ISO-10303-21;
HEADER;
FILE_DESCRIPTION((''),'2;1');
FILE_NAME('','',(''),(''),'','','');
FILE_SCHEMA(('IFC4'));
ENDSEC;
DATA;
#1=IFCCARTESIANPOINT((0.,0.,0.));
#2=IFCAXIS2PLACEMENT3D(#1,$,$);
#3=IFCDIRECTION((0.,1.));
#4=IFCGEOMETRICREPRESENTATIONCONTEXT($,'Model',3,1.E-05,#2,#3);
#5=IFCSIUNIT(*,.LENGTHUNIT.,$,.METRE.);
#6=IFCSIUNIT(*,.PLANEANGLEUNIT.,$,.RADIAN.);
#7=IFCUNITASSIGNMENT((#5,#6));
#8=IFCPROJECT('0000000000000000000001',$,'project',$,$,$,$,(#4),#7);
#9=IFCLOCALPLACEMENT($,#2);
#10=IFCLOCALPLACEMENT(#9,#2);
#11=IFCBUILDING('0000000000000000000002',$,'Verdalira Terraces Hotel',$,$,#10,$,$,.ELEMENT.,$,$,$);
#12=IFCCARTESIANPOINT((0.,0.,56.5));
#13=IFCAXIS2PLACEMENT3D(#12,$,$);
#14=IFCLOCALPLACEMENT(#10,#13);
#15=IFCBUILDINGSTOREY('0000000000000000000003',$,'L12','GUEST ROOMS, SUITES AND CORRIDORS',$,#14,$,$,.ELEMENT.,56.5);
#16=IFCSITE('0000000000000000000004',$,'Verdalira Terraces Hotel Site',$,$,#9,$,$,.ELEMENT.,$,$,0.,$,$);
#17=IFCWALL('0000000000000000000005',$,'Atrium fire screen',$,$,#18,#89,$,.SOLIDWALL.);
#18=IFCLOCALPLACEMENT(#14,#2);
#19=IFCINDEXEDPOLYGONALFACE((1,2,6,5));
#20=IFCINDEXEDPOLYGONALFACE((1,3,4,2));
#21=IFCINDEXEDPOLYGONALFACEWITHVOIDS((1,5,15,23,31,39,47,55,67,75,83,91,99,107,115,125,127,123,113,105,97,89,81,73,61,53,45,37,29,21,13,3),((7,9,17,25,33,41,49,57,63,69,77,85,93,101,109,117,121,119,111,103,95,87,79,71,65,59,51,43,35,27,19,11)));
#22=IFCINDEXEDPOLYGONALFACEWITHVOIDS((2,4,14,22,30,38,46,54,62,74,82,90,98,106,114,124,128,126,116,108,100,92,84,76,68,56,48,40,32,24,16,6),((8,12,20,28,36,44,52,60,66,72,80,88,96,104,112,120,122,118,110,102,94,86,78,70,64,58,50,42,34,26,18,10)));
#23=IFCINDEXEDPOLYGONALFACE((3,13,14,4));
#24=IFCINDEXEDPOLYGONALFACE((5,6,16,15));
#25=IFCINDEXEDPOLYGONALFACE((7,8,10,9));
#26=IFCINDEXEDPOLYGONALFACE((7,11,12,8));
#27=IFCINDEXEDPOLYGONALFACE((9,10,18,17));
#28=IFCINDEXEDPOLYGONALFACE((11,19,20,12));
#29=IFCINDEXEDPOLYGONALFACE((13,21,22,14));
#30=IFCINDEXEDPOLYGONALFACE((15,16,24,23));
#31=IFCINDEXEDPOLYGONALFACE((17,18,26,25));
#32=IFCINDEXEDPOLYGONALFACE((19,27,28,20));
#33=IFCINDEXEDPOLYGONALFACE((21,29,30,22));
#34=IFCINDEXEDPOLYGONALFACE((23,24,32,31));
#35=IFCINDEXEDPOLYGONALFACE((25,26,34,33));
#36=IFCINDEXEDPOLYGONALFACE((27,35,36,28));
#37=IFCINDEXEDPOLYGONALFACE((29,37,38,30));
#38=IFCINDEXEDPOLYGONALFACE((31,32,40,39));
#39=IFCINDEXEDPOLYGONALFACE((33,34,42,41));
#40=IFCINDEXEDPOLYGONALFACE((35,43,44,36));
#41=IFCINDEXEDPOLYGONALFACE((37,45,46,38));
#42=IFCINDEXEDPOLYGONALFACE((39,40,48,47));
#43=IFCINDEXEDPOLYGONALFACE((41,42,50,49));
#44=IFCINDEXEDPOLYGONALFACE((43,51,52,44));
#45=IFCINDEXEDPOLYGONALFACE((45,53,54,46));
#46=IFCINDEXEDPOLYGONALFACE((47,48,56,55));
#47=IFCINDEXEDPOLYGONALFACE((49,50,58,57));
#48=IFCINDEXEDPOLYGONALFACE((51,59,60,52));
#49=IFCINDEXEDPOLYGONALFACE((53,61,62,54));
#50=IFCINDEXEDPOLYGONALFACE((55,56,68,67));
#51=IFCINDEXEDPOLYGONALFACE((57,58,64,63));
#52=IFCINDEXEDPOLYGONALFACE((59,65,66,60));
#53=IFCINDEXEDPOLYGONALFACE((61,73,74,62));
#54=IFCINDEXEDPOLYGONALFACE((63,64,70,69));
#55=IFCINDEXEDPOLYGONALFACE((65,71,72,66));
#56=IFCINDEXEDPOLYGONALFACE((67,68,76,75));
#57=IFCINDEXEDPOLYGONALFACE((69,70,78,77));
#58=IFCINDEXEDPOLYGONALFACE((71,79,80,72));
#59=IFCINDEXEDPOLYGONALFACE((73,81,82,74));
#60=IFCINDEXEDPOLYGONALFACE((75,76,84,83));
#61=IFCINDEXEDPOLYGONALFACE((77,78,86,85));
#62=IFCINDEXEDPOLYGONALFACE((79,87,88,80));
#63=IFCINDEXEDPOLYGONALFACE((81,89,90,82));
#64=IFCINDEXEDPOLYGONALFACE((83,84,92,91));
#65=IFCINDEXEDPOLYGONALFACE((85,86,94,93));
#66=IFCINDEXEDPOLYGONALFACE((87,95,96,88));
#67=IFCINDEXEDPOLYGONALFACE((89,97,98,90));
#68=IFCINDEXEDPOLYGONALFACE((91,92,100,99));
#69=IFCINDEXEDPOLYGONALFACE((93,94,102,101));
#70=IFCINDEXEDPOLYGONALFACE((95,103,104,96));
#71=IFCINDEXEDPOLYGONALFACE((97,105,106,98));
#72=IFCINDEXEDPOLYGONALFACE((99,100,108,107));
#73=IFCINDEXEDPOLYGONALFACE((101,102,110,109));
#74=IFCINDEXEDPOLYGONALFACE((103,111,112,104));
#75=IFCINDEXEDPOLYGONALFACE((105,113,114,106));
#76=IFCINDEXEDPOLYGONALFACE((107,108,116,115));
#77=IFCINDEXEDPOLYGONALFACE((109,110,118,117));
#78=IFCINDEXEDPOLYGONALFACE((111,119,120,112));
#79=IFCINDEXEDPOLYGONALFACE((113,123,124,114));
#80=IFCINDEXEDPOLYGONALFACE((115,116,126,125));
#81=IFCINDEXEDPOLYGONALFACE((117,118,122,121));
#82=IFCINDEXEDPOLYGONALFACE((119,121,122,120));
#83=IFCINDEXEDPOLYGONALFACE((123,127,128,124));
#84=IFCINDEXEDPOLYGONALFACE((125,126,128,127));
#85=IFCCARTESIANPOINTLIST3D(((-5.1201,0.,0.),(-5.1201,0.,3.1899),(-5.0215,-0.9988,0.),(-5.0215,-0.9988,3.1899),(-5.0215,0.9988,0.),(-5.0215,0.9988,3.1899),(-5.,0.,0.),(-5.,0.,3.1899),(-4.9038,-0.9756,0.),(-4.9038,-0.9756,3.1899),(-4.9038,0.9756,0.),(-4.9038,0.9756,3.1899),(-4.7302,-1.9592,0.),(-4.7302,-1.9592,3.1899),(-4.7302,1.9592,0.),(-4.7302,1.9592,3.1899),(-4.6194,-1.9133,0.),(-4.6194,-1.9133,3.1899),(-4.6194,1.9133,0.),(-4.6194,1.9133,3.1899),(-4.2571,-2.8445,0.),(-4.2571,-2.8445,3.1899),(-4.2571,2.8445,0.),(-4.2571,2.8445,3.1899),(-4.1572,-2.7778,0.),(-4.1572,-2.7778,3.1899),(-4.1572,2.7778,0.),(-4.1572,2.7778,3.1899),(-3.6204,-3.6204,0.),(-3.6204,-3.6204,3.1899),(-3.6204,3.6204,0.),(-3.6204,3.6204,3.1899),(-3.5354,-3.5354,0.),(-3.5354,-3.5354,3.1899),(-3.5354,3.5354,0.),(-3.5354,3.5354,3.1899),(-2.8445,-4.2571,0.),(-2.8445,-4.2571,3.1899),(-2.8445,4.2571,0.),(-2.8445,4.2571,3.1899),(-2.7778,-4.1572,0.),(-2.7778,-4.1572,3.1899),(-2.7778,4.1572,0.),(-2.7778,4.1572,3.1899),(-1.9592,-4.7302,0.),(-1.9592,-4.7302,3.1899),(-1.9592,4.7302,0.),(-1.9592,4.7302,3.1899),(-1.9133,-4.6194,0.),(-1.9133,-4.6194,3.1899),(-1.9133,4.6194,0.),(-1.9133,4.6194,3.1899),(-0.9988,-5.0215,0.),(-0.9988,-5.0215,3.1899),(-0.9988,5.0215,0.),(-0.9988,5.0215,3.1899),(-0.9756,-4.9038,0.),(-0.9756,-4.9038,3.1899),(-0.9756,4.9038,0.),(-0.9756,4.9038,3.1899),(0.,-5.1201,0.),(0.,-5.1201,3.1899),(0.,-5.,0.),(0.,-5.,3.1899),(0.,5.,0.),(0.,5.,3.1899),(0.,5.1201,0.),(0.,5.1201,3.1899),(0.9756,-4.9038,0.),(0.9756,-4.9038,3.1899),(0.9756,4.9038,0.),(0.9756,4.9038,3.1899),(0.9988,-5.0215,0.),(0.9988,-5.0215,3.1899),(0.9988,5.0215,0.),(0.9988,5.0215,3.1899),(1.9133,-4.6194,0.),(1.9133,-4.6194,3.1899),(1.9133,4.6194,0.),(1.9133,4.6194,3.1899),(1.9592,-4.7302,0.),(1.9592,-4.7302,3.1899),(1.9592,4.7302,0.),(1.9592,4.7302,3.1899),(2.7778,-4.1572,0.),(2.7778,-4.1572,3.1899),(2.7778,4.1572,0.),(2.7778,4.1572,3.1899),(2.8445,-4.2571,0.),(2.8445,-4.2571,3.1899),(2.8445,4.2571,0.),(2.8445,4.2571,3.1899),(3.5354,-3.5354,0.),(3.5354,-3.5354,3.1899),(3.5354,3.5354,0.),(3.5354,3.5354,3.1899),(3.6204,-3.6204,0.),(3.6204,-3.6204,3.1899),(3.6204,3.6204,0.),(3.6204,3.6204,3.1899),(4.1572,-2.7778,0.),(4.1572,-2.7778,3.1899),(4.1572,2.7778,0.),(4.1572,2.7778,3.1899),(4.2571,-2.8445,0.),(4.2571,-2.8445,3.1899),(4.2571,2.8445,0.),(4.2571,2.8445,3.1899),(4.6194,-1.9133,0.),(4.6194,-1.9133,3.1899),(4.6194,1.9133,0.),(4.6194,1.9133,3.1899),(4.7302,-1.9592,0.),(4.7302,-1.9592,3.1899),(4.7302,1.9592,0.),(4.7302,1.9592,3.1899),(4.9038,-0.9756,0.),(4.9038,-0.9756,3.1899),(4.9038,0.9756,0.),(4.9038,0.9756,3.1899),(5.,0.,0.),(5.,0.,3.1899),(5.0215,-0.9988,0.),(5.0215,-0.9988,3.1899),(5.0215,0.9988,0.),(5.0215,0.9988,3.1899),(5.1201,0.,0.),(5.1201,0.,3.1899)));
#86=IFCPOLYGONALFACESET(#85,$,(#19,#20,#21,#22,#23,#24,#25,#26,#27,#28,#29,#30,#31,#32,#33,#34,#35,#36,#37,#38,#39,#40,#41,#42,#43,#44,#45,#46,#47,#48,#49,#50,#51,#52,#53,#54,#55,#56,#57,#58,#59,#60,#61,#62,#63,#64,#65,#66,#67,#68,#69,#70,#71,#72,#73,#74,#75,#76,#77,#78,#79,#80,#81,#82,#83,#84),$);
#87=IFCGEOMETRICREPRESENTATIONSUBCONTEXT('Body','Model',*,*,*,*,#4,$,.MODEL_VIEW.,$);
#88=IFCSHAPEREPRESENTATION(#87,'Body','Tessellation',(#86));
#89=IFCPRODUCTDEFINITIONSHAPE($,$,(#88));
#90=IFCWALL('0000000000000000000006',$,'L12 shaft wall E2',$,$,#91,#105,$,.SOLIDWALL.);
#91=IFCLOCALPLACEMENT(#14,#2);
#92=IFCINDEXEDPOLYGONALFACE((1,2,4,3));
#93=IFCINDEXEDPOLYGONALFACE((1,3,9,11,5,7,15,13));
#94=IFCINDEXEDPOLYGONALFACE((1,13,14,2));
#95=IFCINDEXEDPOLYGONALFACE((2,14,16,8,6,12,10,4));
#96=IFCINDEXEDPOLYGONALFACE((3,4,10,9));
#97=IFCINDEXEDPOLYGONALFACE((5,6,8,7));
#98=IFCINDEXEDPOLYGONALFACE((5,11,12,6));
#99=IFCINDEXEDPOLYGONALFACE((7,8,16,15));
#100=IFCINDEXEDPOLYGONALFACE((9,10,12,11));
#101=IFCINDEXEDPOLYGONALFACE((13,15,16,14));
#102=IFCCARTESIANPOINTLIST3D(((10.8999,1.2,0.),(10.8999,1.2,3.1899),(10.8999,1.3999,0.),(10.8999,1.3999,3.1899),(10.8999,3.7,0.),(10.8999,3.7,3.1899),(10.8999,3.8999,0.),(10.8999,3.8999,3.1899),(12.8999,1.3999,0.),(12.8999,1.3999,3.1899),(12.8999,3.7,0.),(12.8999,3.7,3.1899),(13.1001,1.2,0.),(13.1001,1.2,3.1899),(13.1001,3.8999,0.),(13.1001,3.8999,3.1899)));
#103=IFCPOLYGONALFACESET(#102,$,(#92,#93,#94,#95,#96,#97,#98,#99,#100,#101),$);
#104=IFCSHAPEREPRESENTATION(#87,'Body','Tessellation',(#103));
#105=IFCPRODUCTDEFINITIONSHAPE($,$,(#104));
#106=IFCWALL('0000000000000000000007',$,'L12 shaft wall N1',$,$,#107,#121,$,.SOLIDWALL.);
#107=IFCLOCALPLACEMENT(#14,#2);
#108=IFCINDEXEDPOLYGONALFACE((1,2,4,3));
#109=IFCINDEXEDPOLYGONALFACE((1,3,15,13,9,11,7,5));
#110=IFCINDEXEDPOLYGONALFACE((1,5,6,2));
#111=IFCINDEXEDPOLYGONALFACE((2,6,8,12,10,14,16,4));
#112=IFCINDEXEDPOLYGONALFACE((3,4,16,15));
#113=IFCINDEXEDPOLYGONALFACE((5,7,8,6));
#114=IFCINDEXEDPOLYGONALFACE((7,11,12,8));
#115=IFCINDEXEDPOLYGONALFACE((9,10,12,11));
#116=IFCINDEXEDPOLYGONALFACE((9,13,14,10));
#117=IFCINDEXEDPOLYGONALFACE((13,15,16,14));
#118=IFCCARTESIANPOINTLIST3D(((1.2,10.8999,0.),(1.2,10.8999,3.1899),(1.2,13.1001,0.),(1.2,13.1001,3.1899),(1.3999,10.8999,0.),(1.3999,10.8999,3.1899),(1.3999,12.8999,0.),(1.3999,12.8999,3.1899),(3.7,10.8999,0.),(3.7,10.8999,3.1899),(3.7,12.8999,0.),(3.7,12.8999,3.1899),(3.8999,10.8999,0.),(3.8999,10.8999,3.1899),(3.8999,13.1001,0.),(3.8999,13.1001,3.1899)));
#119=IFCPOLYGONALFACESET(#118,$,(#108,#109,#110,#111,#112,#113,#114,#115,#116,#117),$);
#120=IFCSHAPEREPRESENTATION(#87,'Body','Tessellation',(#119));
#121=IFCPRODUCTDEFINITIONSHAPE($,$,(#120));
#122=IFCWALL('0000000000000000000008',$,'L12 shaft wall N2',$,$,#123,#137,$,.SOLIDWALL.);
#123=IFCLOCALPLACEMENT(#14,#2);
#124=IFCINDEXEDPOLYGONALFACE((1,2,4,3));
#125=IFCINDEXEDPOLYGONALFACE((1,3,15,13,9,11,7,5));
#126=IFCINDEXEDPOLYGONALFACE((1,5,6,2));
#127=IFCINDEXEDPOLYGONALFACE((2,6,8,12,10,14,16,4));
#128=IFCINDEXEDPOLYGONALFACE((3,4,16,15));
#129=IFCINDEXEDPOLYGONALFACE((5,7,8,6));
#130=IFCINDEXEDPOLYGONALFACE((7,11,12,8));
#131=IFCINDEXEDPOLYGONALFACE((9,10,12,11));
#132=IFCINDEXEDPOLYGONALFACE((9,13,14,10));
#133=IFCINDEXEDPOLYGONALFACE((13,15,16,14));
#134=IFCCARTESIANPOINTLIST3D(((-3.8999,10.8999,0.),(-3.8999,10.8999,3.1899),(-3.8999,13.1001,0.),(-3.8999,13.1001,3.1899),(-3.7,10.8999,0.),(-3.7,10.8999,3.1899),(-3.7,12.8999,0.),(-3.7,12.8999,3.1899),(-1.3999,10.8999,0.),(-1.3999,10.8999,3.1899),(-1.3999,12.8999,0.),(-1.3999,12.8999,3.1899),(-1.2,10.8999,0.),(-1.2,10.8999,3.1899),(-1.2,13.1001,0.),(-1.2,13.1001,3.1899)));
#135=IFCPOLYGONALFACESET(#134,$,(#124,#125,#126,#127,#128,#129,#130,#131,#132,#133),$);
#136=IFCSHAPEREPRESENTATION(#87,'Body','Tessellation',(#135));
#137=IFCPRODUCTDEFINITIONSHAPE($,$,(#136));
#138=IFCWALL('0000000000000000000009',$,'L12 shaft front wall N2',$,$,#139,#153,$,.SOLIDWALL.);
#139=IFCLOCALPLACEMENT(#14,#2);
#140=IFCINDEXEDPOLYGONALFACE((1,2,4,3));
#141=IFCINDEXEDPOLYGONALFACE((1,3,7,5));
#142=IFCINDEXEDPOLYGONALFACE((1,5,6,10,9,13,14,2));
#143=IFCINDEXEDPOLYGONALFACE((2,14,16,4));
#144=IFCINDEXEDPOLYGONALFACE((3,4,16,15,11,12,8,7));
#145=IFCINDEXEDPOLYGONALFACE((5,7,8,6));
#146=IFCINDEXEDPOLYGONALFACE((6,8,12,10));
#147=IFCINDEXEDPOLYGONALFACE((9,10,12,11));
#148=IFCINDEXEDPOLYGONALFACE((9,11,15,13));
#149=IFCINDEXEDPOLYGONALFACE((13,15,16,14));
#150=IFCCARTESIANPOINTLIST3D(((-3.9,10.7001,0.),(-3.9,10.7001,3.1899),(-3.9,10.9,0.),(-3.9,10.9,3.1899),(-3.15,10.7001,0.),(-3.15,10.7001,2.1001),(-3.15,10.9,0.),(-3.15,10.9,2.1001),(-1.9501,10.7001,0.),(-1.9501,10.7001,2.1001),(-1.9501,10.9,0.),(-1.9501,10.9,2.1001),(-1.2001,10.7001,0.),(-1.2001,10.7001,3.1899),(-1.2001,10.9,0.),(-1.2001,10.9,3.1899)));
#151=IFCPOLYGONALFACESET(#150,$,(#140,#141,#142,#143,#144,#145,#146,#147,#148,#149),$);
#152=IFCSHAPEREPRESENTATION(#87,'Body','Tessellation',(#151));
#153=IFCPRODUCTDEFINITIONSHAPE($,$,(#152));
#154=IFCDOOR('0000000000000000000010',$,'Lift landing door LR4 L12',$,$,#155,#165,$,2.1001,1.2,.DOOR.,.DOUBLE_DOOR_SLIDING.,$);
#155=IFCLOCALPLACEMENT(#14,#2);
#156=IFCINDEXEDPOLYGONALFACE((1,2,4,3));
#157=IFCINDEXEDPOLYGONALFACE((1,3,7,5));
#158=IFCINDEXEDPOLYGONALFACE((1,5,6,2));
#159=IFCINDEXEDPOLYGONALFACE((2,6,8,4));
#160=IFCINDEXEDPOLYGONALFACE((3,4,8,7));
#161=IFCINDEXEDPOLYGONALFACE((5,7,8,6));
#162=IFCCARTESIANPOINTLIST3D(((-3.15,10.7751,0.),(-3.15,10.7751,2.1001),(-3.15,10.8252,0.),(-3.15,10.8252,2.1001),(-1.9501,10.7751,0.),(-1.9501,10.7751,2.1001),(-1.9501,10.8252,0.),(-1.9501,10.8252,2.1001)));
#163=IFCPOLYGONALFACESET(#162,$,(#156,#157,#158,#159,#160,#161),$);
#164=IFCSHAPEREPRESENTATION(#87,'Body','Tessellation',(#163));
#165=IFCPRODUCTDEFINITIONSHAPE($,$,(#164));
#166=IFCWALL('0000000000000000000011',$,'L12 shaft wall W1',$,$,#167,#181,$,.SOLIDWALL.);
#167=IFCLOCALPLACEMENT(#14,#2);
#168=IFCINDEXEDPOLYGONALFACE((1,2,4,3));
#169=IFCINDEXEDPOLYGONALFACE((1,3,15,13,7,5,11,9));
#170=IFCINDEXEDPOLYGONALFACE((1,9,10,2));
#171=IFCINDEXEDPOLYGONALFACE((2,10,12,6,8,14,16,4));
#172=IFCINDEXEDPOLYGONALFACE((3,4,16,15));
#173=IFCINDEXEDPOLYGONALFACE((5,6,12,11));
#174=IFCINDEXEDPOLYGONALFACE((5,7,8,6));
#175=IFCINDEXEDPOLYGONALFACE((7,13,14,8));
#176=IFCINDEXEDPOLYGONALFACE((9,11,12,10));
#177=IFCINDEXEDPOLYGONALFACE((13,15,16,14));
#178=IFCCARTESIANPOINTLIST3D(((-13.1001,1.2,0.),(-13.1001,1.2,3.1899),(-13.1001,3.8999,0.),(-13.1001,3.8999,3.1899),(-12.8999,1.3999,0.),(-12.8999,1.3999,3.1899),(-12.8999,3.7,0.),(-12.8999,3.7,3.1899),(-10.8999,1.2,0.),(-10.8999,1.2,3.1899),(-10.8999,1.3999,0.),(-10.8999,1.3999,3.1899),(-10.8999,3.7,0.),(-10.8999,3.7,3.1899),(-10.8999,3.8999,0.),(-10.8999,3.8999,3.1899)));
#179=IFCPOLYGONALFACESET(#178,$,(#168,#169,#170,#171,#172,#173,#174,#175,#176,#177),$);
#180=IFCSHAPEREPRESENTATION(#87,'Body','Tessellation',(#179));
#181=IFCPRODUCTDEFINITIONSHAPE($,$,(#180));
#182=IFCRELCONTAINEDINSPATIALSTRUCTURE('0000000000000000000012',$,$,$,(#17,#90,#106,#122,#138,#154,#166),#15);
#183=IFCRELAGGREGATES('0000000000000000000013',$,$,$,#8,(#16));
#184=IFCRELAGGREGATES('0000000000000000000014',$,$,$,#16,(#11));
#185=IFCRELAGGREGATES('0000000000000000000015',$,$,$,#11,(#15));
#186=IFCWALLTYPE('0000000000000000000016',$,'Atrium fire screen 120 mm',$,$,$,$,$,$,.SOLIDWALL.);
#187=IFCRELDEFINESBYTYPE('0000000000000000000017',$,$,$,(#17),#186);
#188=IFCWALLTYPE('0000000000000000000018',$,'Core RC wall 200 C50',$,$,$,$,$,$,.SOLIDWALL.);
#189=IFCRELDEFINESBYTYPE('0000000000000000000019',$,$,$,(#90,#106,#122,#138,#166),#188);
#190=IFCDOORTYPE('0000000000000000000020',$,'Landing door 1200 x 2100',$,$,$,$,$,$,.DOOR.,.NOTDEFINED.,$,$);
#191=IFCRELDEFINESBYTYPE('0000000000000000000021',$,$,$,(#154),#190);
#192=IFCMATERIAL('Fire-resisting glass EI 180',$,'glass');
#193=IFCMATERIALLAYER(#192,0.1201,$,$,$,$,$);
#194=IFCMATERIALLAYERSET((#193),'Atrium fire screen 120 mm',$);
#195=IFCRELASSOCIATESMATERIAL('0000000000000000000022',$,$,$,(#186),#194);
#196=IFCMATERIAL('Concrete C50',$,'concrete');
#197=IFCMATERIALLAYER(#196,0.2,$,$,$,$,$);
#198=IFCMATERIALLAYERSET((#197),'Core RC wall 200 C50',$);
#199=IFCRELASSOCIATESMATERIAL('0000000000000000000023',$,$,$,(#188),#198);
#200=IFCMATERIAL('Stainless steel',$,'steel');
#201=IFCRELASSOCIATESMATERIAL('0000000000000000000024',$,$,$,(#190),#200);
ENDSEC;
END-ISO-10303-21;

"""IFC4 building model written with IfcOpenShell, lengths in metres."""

from ifc_helpers import new_model, si_unit, direction, frame, frame_2d, origin, place, context, subcontext, project, spatial, polyline, rectangle, outline, extrude, material, layer, layer_set, type_object, element, fill, save


model = new_model("IFC4")

# Units and contexts
model_context = context("Model", 3, precision=1e-05, world=origin(), true_north=direction((0.0, 1.0)))
body_context = subcontext(model_context, "Body", "Model", "MODEL_VIEW")
ifc_project = project(units=[si_unit("LENGTHUNIT", "METRE"), si_unit("PLANEANGLEUNIT", "RADIAN")], contexts=[model_context])

# Site, building, storey
site_placement = place(None, origin())
site = spatial("IfcSite", under=ifc_project, at=site_placement, Name="Verdalira Terraces Hotel Site", CompositionType="ELEMENT", RefElevation=0.0)
building_placement = place(site_placement, origin())
building = spatial("IfcBuilding", under=site, at=building_placement, Name="Verdalira Terraces Hotel", CompositionType="ELEMENT")
storey_placement = place(building_placement, frame((0.0, 0.0, 56.5)))
storey = spatial("IfcBuildingStorey", under=building, at=storey_placement, Name="L12", Description="GUEST ROOMS, SUITES AND CORRIDORS", CompositionType="ELEMENT", Elevation=56.5)

# Walls
ifc_material_1 = material(Name="Fire-resisting glass EI 180", Category="glass")
ifc_layer_1 = layer(ifc_material_1, 0.1201)
ifc_layer_set_1 = layer_set([ifc_layer_1], Name="Atrium fire screen 120 mm")
wall_type_1 = type_object("IfcWallType", Name="Atrium fire screen 120 mm", PredefinedType="SOLIDWALL", material=ifc_layer_set_1)
wall_1_placement = place(storey_placement, origin())
element("IfcWall", 1, at=wall_1_placement, inside=storey, type_object=wall_type_1, Name="Atrium fire screen", PredefinedType="SOLIDWALL", context=body_context, shape_type="SweptSolid", body=[
    extrude(outline(polyline([(5.0215, -0.9988), (4.7302, -1.9592), (4.2571, -2.8445), (3.6204, -3.6204), (2.8445, -4.2571), (1.9592, -4.7302), (0.9988, -5.0215), (0.0, -5.1201), (-0.9988, -5.0215), (-1.9592, -4.7302), (-2.8445, -4.2571), (-3.6204, -3.6204), (-4.2571, -2.8445), (-4.7302, -1.9592), (-5.0215, -0.9988), (-5.1201, 0.0), (-5.0215, 0.9988), (-4.7302, 1.9592), (-4.2571, 2.8445), (-3.6204, 3.6204), (-2.8445, 4.2571), (-1.9592, 4.7302), (-0.9988, 5.0215), (0.0, 5.1201), (0.9988, 5.0215), (1.9592, 4.7302), (2.8445, 4.2571), (3.6204, 3.6204), (4.2571, 2.8445), (4.7302, 1.9592), (5.0215, 0.9988), (5.1201, 0.0), (5.0215, -0.9988)]), holes=[polyline([(4.9038, 0.9756), (4.6194, 1.9133), (4.1572, 2.7778), (3.5354, 3.5354), (2.7778, 4.1572), (1.9133, 4.6194), (0.9756, 4.9038), (0.0, 5.0), (-0.9756, 4.9038), (-1.9133, 4.6194), (-2.7778, 4.1572), (-3.5354, 3.5354), (-4.1572, 2.7778), (-4.6194, 1.9133), (-4.9038, 0.9756), (-5.0, 0.0), (-4.9038, -0.9756), (-4.6194, -1.9133), (-4.1572, -2.7778), (-3.5354, -3.5354), (-2.7778, -4.1572), (-1.9133, -4.6194), (-0.9756, -4.9038), (0.0, -5.0), (0.9756, -4.9038), (1.9133, -4.6194), (2.7778, -4.1572), (3.5354, -3.5354), (4.1572, -2.7778), (4.6194, -1.9133), (4.9038, -0.9756), (5.0, 0.0), (4.9038, 0.9756)])]), origin(), (0.0, 0.0, 1.0), 3.1899),
])
ifc_material_2 = material(Name="Concrete C50", Category="concrete")
ifc_layer_2 = layer(ifc_material_2, 0.2)
ifc_layer_set_2 = layer_set([ifc_layer_2], Name="Core RC wall 200 C50")
wall_type_2 = type_object("IfcWallType", Name="Core RC wall 200 C50", PredefinedType="SOLIDWALL", material=ifc_layer_set_2)
wall_2_placement = place(storey_placement, origin())
element("IfcWall", 2, at=wall_2_placement, inside=storey, type_object=wall_type_2, Name="L12 shaft wall E2", PredefinedType="SOLIDWALL", context=body_context, shape_type="SweptSolid", body=[
    extrude(outline(polyline([(13.1001, 3.8999), (13.1001, 1.2), (10.8999, 1.2), (10.8999, 1.3999), (12.8999, 1.3999), (12.8999, 3.7), (10.8999, 3.7), (10.8999, 3.8999), (13.1001, 3.8999)])), origin(), (0.0, 0.0, 1.0), 3.1899),
])
wall_3_placement = place(storey_placement, origin())
element("IfcWall", 3, at=wall_3_placement, inside=storey, type_object=wall_type_2, Name="L12 shaft wall N1", PredefinedType="SOLIDWALL", context=body_context, shape_type="SweptSolid", body=[
    extrude(outline(polyline([(3.8999, 13.1001), (3.8999, 10.8999), (3.7, 10.8999), (3.7, 12.8999), (1.3999, 12.8999), (1.3999, 10.8999), (1.2, 10.8999), (1.2, 13.1001), (3.8999, 13.1001)])), origin(), (0.0, 0.0, 1.0), 3.1899),
])
wall_4_placement = place(storey_placement, origin())
element("IfcWall", 4, at=wall_4_placement, inside=storey, type_object=wall_type_2, Name="L12 shaft wall N2", PredefinedType="SOLIDWALL", context=body_context, shape_type="SweptSolid", body=[
    extrude(outline(polyline([(-3.8999, 10.8999), (-3.8999, 13.1001), (-1.2, 13.1001), (-1.2, 10.8999), (-1.3999, 10.8999), (-1.3999, 12.8999), (-3.7, 12.8999), (-3.7, 10.8999), (-3.8999, 10.8999)])), origin(), (0.0, 0.0, 1.0), 3.1899),
])

# Wall, opening, door
wall_5_placement = place(storey_placement, frame((-1.2, 10.8, 0.0), z_axis=(0.0, 0.0, 1.0), x_axis=(-1.0, 0.0, 0.0)))
wall_5 = element("IfcWall", 5, at=wall_5_placement, inside=storey, type_object=wall_type_2, Name="L12 shaft front wall N2", PredefinedType="SOLIDWALL", context=body_context, shape_type="SweptSolid", body=[
    extrude(rectangle(XDim=2.7, YDim=0.2, at=frame_2d((1.3501, 0.0))), origin(), (0.0, 0.0, 1.0), 3.1899),
])
opening_placement = place(wall_5_placement, frame((0.75, 0.0, 0.0)))
opening = element("IfcOpeningElement", 6, at=opening_placement, cuts=wall_5, PredefinedType="OPENING", context=body_context, shape_type="SweptSolid", body=[
    extrude(rectangle(XDim=1.2, YDim=2.1001, at=frame_2d((0.6001, 1.05))), frame((0.0, 0.1099, 0.0), z_axis=(0.0, -1.0, 0.0), x_axis=(1.0, 0.0, 0.0)), (0.0, 0.0, 1.0), 0.22),
])
ifc_material_3 = material(Name="Stainless steel", Category="steel")
door_type = type_object("IfcDoorType", Name="Landing door 1200 x 2100", OperationType="NOTDEFINED", PredefinedType="DOOR", material=ifc_material_3)
door_placement = place(opening_placement, origin())
door = element("IfcDoor", 7, at=door_placement, inside=storey, type_object=door_type, Name="Lift landing door LR4 L12", OperationType="DOUBLE_DOOR_SLIDING", OverallHeight=2.1001, OverallWidth=1.2, PredefinedType="DOOR", context=body_context, shape_type="SweptSolid", body=[
    extrude(rectangle(XDim=1.2, YDim=2.1001, at=frame_2d((0.6001, 1.05))), frame((0.0, 0.0249, 0.0), z_axis=(0.0, -1.0, 0.0), x_axis=(1.0, 0.0, 0.0)), (0.0, 0.0, 1.0), 0.05),
])
fill(opening, door)

# Wall
wall_6_placement = place(storey_placement, origin())
element("IfcWall", 8, at=wall_6_placement, inside=storey, type_object=wall_type_2, Name="L12 shaft wall W1", PredefinedType="SOLIDWALL", context=body_context, shape_type="SweptSolid", body=[
    extrude(outline(polyline([(-13.1001, 3.8999), (-10.8999, 3.8999), (-10.8999, 3.7), (-12.8999, 3.7), (-12.8999, 1.3999), (-10.8999, 1.3999), (-10.8999, 1.2), (-13.1001, 1.2), (-13.1001, 3.8999)])), origin(), (0.0, 0.0, 1.0), 3.1899),
])

save(model, "model.ifc")
